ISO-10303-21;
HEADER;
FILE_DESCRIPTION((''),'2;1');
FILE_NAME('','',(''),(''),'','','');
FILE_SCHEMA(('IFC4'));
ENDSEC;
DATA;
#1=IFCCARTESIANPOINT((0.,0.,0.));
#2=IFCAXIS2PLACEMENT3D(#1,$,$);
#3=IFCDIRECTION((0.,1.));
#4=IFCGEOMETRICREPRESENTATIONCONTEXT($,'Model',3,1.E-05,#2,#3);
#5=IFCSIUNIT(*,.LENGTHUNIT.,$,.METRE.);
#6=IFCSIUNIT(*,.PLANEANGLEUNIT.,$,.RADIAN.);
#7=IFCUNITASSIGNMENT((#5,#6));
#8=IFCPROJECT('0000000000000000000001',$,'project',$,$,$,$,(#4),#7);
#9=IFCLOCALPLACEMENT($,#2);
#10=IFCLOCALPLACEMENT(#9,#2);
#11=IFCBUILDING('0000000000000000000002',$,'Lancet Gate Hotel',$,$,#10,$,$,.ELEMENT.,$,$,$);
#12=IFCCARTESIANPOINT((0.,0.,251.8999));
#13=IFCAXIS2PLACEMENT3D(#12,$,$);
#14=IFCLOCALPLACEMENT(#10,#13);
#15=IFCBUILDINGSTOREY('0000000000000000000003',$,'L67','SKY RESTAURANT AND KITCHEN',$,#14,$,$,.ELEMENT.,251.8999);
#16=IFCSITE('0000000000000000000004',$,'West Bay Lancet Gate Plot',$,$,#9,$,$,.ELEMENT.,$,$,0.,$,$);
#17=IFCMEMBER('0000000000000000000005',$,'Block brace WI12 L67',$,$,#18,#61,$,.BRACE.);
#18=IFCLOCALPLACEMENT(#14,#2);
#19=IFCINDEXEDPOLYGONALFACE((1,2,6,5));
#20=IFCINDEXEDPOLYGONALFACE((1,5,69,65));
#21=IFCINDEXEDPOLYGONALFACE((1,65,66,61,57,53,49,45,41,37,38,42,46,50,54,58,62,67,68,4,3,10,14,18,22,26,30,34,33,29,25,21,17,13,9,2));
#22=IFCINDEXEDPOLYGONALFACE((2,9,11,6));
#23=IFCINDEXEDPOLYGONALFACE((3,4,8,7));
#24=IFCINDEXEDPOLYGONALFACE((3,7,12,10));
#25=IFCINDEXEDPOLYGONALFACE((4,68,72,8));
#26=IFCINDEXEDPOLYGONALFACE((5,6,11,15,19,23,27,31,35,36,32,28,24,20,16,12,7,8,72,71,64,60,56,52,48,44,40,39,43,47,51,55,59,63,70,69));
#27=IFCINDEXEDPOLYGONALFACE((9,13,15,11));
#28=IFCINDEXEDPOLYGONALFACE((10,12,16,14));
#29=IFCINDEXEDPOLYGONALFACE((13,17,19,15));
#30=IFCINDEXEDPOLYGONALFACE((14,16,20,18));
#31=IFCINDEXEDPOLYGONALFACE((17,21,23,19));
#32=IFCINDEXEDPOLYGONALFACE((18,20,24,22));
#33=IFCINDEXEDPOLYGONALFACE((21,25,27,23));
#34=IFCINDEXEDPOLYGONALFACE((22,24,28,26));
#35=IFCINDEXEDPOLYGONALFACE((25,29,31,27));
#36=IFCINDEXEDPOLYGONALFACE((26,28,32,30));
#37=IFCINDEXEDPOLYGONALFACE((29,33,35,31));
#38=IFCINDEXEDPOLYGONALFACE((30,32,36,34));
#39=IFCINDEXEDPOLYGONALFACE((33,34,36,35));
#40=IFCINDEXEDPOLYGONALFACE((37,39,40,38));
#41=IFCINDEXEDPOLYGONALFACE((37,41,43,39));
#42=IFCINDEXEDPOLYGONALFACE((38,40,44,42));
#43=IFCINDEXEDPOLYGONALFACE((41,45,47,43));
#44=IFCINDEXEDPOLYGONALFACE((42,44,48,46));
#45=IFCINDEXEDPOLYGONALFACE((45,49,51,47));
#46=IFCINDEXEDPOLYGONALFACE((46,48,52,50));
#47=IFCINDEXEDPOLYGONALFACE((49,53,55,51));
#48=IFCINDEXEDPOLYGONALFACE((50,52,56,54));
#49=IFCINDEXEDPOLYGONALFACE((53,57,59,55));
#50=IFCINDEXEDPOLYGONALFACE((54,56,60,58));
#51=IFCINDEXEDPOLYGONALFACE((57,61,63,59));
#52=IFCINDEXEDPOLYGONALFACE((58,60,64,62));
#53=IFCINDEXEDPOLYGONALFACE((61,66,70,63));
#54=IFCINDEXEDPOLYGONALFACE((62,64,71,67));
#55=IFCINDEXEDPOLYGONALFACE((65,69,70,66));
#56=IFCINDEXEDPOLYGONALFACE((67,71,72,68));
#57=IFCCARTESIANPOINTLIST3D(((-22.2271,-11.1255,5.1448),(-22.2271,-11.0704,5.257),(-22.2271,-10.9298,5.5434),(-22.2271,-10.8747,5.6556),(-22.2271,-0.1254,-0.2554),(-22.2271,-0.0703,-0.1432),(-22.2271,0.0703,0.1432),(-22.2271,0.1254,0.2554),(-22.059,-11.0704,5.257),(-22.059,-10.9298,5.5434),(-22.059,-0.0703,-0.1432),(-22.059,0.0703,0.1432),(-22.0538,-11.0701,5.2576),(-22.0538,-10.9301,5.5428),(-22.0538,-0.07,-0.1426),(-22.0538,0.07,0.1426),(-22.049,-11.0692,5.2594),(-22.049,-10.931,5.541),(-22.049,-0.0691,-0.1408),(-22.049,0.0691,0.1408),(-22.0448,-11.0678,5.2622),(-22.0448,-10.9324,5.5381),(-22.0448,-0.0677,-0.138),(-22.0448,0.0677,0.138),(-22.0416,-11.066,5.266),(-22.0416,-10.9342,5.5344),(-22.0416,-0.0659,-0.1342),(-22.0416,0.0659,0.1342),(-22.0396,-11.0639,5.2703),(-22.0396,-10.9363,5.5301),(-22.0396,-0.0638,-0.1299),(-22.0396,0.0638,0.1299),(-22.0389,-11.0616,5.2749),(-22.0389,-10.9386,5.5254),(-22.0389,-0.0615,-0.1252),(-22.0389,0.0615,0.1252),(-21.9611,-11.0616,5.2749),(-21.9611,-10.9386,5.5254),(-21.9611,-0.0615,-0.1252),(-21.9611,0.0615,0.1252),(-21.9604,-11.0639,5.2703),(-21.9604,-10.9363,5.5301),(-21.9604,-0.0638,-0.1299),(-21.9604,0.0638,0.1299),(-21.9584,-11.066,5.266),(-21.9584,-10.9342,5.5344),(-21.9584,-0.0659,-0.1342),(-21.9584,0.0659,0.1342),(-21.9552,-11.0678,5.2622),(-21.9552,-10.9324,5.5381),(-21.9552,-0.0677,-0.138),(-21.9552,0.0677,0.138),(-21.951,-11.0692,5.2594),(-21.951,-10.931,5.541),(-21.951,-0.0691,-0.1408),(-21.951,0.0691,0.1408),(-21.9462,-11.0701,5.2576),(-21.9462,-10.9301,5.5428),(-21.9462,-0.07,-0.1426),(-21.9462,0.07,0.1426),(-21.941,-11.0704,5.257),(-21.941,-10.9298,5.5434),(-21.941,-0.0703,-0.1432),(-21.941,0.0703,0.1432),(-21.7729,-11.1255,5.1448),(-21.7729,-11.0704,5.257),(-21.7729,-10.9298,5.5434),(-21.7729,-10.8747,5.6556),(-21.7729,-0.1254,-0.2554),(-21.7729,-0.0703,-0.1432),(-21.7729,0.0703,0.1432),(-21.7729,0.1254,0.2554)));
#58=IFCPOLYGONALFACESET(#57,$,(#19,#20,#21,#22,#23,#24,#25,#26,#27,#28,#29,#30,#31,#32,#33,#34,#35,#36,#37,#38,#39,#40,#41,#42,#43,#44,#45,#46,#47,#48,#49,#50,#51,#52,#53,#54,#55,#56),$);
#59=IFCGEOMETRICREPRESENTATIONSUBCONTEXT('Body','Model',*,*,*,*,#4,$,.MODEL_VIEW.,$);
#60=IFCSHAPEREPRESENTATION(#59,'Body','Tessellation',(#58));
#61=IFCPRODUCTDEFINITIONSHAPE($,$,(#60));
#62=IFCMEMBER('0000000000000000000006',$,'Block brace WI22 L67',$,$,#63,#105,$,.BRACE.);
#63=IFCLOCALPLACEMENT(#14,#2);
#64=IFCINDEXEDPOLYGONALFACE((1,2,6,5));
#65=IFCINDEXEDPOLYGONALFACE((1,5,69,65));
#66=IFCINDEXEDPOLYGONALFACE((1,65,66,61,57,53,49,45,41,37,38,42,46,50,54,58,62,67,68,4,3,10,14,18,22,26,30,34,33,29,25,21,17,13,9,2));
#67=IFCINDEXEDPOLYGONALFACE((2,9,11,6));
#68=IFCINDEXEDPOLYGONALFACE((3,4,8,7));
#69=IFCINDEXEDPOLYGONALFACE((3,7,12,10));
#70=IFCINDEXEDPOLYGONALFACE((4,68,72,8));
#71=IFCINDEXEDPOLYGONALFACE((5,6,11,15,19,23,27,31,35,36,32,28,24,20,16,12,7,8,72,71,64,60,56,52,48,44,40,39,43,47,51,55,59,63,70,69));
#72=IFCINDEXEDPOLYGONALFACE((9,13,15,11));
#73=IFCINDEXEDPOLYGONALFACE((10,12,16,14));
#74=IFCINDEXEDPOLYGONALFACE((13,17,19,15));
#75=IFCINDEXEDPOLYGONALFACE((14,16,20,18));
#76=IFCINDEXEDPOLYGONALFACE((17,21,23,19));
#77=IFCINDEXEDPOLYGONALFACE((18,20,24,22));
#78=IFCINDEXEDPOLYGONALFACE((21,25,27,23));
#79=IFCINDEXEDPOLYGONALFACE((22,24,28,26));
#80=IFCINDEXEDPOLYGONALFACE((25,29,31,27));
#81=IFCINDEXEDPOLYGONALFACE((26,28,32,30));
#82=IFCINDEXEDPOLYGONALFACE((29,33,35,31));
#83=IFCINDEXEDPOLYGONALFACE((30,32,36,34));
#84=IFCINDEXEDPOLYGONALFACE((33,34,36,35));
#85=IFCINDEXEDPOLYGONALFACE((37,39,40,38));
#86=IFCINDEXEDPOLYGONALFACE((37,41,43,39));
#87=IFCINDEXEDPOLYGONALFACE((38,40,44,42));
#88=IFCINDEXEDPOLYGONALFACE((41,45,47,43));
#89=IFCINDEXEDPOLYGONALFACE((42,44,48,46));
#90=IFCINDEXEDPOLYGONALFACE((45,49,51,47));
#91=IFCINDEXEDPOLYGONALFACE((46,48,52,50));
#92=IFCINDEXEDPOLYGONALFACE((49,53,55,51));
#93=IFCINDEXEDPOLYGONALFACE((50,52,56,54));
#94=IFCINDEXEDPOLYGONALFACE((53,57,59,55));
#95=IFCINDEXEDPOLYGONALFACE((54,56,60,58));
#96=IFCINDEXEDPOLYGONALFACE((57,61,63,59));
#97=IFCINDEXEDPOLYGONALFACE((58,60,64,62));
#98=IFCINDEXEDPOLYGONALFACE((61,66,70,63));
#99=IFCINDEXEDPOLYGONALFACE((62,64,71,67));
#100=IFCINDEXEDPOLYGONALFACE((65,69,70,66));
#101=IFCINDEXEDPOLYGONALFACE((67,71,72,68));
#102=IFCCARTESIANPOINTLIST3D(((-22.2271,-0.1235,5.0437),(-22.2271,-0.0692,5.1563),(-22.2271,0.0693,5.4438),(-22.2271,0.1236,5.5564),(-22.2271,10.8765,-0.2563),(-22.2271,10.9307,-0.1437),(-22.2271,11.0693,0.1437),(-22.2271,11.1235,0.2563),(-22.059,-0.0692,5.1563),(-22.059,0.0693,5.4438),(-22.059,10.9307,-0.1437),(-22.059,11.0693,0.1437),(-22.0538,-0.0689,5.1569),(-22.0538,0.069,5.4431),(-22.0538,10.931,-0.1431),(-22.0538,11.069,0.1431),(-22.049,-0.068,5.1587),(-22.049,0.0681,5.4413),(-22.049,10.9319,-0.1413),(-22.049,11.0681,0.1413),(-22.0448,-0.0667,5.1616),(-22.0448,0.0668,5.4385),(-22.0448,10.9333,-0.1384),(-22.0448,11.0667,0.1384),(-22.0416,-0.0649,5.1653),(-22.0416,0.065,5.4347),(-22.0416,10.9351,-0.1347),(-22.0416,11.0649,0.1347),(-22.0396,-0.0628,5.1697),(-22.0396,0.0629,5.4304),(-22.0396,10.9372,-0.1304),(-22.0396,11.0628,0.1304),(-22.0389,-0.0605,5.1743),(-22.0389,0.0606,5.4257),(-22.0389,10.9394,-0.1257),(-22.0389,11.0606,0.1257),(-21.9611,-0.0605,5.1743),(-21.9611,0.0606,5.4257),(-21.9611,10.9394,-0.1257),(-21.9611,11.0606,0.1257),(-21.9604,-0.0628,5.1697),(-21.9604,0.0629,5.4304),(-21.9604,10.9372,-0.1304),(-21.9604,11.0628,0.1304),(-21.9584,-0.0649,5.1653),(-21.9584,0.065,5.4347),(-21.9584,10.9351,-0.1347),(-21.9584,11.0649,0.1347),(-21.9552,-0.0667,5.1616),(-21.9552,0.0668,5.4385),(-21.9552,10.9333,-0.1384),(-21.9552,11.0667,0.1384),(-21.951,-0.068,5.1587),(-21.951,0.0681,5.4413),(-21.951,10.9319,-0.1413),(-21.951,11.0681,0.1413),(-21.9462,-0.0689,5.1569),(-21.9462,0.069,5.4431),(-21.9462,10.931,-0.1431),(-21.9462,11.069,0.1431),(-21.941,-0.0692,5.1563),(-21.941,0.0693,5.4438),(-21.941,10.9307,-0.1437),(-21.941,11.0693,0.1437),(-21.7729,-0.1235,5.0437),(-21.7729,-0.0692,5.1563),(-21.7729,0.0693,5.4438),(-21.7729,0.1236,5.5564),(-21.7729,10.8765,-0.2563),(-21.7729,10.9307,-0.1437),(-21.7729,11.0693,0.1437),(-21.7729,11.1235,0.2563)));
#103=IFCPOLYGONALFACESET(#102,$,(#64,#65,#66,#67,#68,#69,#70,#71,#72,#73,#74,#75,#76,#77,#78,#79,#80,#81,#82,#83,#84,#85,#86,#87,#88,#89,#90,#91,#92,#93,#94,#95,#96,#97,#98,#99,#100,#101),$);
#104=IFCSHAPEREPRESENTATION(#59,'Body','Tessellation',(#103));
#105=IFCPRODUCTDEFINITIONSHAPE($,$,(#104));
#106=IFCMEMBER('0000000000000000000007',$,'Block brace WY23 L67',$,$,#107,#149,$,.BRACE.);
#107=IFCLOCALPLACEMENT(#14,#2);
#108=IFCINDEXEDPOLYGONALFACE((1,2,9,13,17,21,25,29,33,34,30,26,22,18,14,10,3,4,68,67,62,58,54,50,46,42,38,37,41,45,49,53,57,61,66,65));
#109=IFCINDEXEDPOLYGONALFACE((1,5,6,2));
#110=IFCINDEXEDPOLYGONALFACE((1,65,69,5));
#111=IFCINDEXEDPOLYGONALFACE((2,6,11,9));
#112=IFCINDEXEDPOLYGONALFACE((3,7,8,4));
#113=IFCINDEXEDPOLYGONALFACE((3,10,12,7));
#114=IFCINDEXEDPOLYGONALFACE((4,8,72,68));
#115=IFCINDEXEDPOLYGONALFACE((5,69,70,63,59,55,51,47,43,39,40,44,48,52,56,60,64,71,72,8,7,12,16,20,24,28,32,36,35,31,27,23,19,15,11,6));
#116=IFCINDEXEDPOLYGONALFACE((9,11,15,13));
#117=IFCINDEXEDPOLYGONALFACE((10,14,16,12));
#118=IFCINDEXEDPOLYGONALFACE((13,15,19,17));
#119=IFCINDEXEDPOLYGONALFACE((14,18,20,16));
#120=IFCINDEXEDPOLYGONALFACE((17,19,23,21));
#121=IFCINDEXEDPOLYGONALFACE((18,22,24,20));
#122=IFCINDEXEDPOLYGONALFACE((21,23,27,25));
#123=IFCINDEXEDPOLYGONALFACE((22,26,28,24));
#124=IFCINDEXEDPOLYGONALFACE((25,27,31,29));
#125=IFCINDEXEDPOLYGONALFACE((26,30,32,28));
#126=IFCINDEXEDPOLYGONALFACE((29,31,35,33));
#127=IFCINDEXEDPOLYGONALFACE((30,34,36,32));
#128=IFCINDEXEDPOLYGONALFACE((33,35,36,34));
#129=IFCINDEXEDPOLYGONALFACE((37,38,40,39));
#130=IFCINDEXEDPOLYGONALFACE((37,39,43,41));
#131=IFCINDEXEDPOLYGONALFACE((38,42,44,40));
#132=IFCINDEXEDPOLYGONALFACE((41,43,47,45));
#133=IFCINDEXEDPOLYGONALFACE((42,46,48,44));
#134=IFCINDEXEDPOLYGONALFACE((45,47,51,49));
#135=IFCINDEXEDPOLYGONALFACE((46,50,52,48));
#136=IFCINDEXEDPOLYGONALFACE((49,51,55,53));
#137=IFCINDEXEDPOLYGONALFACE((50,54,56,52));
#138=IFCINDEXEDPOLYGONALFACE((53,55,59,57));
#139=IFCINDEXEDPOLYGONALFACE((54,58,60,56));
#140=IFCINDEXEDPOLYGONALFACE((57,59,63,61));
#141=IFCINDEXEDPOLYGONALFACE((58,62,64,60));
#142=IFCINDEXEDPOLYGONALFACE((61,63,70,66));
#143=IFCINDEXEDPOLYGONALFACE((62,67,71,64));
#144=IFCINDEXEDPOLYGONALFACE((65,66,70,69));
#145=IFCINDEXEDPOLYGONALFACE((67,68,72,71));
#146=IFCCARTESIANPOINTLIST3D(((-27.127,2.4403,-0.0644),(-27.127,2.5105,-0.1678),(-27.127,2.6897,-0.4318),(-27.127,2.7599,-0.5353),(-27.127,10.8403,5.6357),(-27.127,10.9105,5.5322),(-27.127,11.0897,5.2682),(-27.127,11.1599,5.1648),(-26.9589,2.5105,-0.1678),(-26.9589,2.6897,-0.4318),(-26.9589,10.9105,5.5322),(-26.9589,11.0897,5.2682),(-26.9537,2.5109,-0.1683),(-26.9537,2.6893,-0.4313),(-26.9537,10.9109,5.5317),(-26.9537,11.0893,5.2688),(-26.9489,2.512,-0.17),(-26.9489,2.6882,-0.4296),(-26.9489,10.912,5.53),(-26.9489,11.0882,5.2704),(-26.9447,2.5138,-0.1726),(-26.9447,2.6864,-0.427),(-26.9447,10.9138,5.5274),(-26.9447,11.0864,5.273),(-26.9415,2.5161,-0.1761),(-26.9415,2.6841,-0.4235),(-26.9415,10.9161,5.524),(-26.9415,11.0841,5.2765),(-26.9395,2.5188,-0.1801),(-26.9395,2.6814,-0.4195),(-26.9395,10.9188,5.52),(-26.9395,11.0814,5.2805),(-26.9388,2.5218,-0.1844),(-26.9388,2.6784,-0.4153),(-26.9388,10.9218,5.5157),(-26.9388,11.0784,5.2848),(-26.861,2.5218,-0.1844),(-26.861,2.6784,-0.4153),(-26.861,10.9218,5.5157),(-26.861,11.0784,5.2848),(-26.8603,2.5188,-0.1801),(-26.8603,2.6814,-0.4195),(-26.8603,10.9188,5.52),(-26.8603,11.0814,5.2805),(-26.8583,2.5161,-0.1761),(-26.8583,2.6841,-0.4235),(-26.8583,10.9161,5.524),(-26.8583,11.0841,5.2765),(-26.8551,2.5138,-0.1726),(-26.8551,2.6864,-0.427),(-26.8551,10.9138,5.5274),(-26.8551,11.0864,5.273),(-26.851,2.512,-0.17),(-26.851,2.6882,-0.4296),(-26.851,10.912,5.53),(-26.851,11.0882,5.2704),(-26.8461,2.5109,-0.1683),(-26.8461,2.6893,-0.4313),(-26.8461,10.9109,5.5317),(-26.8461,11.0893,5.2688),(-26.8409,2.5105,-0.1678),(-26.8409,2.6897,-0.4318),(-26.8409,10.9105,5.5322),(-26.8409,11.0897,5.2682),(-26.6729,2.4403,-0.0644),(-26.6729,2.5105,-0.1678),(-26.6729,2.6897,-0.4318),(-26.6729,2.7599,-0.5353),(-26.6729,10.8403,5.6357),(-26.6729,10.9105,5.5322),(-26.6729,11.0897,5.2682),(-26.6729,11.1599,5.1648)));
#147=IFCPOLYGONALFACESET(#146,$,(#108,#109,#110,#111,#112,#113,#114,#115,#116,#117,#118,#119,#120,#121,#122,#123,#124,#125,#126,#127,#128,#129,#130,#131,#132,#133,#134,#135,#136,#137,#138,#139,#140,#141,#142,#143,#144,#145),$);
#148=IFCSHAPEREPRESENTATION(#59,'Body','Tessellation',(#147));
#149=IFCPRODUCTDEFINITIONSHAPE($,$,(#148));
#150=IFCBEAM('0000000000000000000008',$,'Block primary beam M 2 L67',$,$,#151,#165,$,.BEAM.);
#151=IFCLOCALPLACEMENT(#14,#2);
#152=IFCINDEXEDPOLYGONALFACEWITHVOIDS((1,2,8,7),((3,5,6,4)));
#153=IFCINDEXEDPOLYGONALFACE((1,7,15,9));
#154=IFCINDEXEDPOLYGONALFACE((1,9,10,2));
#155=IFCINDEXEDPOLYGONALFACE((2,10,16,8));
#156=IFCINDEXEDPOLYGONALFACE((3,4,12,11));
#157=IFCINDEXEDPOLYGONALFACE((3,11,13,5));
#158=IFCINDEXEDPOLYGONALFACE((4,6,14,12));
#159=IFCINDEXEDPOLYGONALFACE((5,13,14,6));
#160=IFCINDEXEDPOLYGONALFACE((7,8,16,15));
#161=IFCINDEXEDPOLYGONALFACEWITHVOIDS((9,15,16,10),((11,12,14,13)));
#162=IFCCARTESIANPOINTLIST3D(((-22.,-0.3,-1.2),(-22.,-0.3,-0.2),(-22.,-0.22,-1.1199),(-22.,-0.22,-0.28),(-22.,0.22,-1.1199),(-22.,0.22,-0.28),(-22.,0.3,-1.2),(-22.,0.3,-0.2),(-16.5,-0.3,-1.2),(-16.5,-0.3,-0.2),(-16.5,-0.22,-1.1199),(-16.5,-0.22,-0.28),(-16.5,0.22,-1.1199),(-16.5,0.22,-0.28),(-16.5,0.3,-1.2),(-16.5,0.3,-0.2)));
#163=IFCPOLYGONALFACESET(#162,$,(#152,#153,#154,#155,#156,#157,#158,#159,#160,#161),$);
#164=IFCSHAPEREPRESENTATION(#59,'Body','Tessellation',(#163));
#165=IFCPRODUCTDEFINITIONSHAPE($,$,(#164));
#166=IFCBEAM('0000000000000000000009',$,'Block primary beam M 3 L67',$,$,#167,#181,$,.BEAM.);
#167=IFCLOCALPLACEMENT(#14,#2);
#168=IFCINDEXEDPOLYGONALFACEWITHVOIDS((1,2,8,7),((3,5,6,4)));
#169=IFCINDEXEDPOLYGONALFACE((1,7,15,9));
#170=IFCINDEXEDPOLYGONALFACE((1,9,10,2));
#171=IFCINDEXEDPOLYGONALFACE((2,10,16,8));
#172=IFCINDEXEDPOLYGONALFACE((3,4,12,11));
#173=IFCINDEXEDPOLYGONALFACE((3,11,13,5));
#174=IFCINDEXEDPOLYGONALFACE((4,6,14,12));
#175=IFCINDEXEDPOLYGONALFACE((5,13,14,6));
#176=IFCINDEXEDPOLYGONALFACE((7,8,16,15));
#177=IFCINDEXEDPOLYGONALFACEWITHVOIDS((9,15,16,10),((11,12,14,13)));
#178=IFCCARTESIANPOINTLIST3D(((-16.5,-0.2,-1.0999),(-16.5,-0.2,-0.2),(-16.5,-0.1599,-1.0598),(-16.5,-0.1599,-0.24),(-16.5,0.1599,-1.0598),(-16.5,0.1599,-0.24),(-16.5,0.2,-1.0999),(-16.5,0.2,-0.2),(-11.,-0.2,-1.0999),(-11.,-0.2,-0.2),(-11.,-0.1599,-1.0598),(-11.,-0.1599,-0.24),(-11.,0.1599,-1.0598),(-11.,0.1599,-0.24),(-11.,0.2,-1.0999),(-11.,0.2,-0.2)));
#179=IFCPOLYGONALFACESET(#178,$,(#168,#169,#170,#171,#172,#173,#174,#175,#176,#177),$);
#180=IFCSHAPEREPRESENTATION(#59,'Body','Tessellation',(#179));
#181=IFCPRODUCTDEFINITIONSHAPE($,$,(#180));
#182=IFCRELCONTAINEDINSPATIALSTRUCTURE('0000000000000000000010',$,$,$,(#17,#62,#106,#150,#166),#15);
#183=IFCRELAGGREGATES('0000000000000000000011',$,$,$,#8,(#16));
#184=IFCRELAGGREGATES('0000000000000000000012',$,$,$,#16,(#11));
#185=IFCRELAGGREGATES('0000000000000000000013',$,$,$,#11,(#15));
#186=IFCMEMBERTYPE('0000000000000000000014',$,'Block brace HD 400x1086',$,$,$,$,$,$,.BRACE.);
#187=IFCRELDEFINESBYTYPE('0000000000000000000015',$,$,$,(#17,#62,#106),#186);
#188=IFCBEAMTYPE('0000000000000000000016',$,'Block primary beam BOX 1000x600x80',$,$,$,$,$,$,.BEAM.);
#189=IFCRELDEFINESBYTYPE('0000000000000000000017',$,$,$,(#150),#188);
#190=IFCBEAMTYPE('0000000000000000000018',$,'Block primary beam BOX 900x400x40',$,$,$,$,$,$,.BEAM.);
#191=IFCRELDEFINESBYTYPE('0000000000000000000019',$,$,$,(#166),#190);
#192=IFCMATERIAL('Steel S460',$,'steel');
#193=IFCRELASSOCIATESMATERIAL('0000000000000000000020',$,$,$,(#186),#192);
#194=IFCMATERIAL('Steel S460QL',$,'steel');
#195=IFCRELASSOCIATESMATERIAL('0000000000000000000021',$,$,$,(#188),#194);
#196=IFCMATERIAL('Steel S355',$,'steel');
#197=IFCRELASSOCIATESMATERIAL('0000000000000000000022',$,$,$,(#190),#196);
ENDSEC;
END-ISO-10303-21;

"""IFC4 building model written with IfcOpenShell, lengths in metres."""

from ifc_helpers import new_model, si_unit, direction, frame, origin, origin_2d, place, context, subcontext, project, spatial, hollow_rectangle, i_section, extrude, material, material_profile, profile_set, type_object, element, save


model = new_model("IFC4")

# Units and contexts
model_context = context("Model", 3, precision=1e-05, world=origin(), true_north=direction((0.0, 1.0)))
body_context = subcontext(model_context, "Body", "Model", "MODEL_VIEW")
ifc_project = project(units=[si_unit("LENGTHUNIT", "METRE"), si_unit("PLANEANGLEUNIT", "RADIAN")], contexts=[model_context])

# Site, building, storey
site_placement = place(None, origin())
site = spatial("IfcSite", under=ifc_project, at=site_placement, Name="West Bay Lancet Gate Plot", CompositionType="ELEMENT", RefElevation=0.0)
building_placement = place(site_placement, origin())
building = spatial("IfcBuilding", under=site, at=building_placement, Name="Lancet Gate Hotel", CompositionType="ELEMENT")
storey_placement = place(building_placement, frame((0.0, 0.0, 251.8999)))
storey = spatial("IfcBuildingStorey", under=building, at=storey_placement, Name="L67", Description="SKY RESTAURANT AND KITCHEN", CompositionType="ELEMENT", Elevation=251.8999)

# Members
ifc_material_1 = material(Name="Steel S460", Category="steel")
ifc_material_profile_1 = material_profile(ifc_material_1, i_section(OverallWidth=0.4541, OverallDepth=0.5691, WebThickness=0.0779, FlangeThickness=0.125, FilletRadius=0.02, at=origin_2d()), Name="HD 400x1086")
ifc_profile_set_1 = profile_set([ifc_material_profile_1], Name="Steel S460")
member_type = type_object("IfcMemberType", Name="Block brace HD 400x1086", PredefinedType="BRACE", material=ifc_profile_set_1)
member_1_placement = place(storey_placement, frame((-22.0, 0.0, 0.0), z_axis=(0.0, -0.897663, 0.440683), x_axis=(1.0, 0.0, 0.0)))
element("IfcMember", 1, at=member_1_placement, inside=storey, type_object=member_type, Name="Block brace WI12 L67", PredefinedType="BRACE", context=body_context, shape_type="SweptSolid", body=[
    extrude(i_section(OverallWidth=0.4541, OverallDepth=0.5691, WebThickness=0.0779, FlangeThickness=0.125, FilletRadius=0.02, at=origin_2d()), origin(), (0.0, 0.0, 1.0), 12.2542),
])
member_2_placement = place(storey_placement, frame((-22.0, 11.0, 0.0), z_axis=(0.0, -0.900882, 0.434065), x_axis=(1.0, 0.0, 0.0)))
element("IfcMember", 2, at=member_2_placement, inside=storey, type_object=member_type, Name="Block brace WI22 L67", PredefinedType="BRACE", context=body_context, shape_type="SweptSolid", body=[
    extrude(i_section(OverallWidth=0.4541, OverallDepth=0.5691, WebThickness=0.0779, FlangeThickness=0.125, FilletRadius=0.02, at=origin_2d()), origin(), (0.0, 0.0, 1.0), 12.2102),
])
member_3_placement = place(storey_placement, frame((-26.8999, 2.6001, -0.2998), z_axis=(0.0, 0.827475, 0.561503), x_axis=(-1.0, 0.0, 0.0)))
element("IfcMember", 3, at=member_3_placement, inside=storey, type_object=member_type, Name="Block brace WY23 L67", PredefinedType="BRACE", context=body_context, shape_type="SweptSolid", body=[
    extrude(i_section(OverallWidth=0.4541, OverallDepth=0.5691, WebThickness=0.0779, FlangeThickness=0.125, FilletRadius=0.02, at=origin_2d()), origin(), (0.0, 0.0, 1.0), 10.1514),
])

# Beams
ifc_material_2 = material(Name="Steel S460QL", Category="steel")
ifc_material_profile_2 = material_profile(ifc_material_2, hollow_rectangle(XDim=0.6001, YDim=1.0, WallThickness=0.0801, at=origin_2d()), Name="BOX 1000x600x80")
ifc_profile_set_2 = profile_set([ifc_material_profile_2], Name="Steel S460QL")
beam_type_1 = type_object("IfcBeamType", Name="Block primary beam BOX 1000x600x80", PredefinedType="BEAM", material=ifc_profile_set_2)
beam_1_placement = place(storey_placement, frame((-22.0, 0.0, -0.7), z_axis=(1.0, 0.0, 0.0), x_axis=(0.0, 1.0, 0.0)))
element("IfcBeam", 4, at=beam_1_placement, inside=storey, type_object=beam_type_1, Name="Block primary beam M 2 L67", PredefinedType="BEAM", context=body_context, shape_type="SweptSolid", body=[
    extrude(hollow_rectangle(XDim=0.6001, YDim=1.0, WallThickness=0.0801, at=origin_2d()), origin(), (0.0, 0.0, 1.0), 5.5),
])
ifc_material_3 = material(Name="Steel S355", Category="steel")
ifc_material_profile_3 = material_profile(ifc_material_3, hollow_rectangle(XDim=0.3999, YDim=0.8999, WallThickness=0.04, at=origin_2d()), Name="BOX 900x400x40")
ifc_profile_set_3 = profile_set([ifc_material_profile_3], Name="Steel S355")
beam_type_2 = type_object("IfcBeamType", Name="Block primary beam BOX 900x400x40", PredefinedType="BEAM", material=ifc_profile_set_3)
beam_2_placement = place(storey_placement, frame((-16.5, 0.0, -0.6499), z_axis=(1.0, 0.0, 0.0), x_axis=(0.0, 1.0, 0.0)))
element("IfcBeam", 5, at=beam_2_placement, inside=storey, type_object=beam_type_2, Name="Block primary beam M 3 L67", PredefinedType="BEAM", context=body_context, shape_type="SweptSolid", body=[
    extrude(hollow_rectangle(XDim=0.3999, YDim=0.8999, WallThickness=0.04, at=origin_2d()), origin(), (0.0, 0.0, 1.0), 5.5),
])

save(model, "model.ifc")
